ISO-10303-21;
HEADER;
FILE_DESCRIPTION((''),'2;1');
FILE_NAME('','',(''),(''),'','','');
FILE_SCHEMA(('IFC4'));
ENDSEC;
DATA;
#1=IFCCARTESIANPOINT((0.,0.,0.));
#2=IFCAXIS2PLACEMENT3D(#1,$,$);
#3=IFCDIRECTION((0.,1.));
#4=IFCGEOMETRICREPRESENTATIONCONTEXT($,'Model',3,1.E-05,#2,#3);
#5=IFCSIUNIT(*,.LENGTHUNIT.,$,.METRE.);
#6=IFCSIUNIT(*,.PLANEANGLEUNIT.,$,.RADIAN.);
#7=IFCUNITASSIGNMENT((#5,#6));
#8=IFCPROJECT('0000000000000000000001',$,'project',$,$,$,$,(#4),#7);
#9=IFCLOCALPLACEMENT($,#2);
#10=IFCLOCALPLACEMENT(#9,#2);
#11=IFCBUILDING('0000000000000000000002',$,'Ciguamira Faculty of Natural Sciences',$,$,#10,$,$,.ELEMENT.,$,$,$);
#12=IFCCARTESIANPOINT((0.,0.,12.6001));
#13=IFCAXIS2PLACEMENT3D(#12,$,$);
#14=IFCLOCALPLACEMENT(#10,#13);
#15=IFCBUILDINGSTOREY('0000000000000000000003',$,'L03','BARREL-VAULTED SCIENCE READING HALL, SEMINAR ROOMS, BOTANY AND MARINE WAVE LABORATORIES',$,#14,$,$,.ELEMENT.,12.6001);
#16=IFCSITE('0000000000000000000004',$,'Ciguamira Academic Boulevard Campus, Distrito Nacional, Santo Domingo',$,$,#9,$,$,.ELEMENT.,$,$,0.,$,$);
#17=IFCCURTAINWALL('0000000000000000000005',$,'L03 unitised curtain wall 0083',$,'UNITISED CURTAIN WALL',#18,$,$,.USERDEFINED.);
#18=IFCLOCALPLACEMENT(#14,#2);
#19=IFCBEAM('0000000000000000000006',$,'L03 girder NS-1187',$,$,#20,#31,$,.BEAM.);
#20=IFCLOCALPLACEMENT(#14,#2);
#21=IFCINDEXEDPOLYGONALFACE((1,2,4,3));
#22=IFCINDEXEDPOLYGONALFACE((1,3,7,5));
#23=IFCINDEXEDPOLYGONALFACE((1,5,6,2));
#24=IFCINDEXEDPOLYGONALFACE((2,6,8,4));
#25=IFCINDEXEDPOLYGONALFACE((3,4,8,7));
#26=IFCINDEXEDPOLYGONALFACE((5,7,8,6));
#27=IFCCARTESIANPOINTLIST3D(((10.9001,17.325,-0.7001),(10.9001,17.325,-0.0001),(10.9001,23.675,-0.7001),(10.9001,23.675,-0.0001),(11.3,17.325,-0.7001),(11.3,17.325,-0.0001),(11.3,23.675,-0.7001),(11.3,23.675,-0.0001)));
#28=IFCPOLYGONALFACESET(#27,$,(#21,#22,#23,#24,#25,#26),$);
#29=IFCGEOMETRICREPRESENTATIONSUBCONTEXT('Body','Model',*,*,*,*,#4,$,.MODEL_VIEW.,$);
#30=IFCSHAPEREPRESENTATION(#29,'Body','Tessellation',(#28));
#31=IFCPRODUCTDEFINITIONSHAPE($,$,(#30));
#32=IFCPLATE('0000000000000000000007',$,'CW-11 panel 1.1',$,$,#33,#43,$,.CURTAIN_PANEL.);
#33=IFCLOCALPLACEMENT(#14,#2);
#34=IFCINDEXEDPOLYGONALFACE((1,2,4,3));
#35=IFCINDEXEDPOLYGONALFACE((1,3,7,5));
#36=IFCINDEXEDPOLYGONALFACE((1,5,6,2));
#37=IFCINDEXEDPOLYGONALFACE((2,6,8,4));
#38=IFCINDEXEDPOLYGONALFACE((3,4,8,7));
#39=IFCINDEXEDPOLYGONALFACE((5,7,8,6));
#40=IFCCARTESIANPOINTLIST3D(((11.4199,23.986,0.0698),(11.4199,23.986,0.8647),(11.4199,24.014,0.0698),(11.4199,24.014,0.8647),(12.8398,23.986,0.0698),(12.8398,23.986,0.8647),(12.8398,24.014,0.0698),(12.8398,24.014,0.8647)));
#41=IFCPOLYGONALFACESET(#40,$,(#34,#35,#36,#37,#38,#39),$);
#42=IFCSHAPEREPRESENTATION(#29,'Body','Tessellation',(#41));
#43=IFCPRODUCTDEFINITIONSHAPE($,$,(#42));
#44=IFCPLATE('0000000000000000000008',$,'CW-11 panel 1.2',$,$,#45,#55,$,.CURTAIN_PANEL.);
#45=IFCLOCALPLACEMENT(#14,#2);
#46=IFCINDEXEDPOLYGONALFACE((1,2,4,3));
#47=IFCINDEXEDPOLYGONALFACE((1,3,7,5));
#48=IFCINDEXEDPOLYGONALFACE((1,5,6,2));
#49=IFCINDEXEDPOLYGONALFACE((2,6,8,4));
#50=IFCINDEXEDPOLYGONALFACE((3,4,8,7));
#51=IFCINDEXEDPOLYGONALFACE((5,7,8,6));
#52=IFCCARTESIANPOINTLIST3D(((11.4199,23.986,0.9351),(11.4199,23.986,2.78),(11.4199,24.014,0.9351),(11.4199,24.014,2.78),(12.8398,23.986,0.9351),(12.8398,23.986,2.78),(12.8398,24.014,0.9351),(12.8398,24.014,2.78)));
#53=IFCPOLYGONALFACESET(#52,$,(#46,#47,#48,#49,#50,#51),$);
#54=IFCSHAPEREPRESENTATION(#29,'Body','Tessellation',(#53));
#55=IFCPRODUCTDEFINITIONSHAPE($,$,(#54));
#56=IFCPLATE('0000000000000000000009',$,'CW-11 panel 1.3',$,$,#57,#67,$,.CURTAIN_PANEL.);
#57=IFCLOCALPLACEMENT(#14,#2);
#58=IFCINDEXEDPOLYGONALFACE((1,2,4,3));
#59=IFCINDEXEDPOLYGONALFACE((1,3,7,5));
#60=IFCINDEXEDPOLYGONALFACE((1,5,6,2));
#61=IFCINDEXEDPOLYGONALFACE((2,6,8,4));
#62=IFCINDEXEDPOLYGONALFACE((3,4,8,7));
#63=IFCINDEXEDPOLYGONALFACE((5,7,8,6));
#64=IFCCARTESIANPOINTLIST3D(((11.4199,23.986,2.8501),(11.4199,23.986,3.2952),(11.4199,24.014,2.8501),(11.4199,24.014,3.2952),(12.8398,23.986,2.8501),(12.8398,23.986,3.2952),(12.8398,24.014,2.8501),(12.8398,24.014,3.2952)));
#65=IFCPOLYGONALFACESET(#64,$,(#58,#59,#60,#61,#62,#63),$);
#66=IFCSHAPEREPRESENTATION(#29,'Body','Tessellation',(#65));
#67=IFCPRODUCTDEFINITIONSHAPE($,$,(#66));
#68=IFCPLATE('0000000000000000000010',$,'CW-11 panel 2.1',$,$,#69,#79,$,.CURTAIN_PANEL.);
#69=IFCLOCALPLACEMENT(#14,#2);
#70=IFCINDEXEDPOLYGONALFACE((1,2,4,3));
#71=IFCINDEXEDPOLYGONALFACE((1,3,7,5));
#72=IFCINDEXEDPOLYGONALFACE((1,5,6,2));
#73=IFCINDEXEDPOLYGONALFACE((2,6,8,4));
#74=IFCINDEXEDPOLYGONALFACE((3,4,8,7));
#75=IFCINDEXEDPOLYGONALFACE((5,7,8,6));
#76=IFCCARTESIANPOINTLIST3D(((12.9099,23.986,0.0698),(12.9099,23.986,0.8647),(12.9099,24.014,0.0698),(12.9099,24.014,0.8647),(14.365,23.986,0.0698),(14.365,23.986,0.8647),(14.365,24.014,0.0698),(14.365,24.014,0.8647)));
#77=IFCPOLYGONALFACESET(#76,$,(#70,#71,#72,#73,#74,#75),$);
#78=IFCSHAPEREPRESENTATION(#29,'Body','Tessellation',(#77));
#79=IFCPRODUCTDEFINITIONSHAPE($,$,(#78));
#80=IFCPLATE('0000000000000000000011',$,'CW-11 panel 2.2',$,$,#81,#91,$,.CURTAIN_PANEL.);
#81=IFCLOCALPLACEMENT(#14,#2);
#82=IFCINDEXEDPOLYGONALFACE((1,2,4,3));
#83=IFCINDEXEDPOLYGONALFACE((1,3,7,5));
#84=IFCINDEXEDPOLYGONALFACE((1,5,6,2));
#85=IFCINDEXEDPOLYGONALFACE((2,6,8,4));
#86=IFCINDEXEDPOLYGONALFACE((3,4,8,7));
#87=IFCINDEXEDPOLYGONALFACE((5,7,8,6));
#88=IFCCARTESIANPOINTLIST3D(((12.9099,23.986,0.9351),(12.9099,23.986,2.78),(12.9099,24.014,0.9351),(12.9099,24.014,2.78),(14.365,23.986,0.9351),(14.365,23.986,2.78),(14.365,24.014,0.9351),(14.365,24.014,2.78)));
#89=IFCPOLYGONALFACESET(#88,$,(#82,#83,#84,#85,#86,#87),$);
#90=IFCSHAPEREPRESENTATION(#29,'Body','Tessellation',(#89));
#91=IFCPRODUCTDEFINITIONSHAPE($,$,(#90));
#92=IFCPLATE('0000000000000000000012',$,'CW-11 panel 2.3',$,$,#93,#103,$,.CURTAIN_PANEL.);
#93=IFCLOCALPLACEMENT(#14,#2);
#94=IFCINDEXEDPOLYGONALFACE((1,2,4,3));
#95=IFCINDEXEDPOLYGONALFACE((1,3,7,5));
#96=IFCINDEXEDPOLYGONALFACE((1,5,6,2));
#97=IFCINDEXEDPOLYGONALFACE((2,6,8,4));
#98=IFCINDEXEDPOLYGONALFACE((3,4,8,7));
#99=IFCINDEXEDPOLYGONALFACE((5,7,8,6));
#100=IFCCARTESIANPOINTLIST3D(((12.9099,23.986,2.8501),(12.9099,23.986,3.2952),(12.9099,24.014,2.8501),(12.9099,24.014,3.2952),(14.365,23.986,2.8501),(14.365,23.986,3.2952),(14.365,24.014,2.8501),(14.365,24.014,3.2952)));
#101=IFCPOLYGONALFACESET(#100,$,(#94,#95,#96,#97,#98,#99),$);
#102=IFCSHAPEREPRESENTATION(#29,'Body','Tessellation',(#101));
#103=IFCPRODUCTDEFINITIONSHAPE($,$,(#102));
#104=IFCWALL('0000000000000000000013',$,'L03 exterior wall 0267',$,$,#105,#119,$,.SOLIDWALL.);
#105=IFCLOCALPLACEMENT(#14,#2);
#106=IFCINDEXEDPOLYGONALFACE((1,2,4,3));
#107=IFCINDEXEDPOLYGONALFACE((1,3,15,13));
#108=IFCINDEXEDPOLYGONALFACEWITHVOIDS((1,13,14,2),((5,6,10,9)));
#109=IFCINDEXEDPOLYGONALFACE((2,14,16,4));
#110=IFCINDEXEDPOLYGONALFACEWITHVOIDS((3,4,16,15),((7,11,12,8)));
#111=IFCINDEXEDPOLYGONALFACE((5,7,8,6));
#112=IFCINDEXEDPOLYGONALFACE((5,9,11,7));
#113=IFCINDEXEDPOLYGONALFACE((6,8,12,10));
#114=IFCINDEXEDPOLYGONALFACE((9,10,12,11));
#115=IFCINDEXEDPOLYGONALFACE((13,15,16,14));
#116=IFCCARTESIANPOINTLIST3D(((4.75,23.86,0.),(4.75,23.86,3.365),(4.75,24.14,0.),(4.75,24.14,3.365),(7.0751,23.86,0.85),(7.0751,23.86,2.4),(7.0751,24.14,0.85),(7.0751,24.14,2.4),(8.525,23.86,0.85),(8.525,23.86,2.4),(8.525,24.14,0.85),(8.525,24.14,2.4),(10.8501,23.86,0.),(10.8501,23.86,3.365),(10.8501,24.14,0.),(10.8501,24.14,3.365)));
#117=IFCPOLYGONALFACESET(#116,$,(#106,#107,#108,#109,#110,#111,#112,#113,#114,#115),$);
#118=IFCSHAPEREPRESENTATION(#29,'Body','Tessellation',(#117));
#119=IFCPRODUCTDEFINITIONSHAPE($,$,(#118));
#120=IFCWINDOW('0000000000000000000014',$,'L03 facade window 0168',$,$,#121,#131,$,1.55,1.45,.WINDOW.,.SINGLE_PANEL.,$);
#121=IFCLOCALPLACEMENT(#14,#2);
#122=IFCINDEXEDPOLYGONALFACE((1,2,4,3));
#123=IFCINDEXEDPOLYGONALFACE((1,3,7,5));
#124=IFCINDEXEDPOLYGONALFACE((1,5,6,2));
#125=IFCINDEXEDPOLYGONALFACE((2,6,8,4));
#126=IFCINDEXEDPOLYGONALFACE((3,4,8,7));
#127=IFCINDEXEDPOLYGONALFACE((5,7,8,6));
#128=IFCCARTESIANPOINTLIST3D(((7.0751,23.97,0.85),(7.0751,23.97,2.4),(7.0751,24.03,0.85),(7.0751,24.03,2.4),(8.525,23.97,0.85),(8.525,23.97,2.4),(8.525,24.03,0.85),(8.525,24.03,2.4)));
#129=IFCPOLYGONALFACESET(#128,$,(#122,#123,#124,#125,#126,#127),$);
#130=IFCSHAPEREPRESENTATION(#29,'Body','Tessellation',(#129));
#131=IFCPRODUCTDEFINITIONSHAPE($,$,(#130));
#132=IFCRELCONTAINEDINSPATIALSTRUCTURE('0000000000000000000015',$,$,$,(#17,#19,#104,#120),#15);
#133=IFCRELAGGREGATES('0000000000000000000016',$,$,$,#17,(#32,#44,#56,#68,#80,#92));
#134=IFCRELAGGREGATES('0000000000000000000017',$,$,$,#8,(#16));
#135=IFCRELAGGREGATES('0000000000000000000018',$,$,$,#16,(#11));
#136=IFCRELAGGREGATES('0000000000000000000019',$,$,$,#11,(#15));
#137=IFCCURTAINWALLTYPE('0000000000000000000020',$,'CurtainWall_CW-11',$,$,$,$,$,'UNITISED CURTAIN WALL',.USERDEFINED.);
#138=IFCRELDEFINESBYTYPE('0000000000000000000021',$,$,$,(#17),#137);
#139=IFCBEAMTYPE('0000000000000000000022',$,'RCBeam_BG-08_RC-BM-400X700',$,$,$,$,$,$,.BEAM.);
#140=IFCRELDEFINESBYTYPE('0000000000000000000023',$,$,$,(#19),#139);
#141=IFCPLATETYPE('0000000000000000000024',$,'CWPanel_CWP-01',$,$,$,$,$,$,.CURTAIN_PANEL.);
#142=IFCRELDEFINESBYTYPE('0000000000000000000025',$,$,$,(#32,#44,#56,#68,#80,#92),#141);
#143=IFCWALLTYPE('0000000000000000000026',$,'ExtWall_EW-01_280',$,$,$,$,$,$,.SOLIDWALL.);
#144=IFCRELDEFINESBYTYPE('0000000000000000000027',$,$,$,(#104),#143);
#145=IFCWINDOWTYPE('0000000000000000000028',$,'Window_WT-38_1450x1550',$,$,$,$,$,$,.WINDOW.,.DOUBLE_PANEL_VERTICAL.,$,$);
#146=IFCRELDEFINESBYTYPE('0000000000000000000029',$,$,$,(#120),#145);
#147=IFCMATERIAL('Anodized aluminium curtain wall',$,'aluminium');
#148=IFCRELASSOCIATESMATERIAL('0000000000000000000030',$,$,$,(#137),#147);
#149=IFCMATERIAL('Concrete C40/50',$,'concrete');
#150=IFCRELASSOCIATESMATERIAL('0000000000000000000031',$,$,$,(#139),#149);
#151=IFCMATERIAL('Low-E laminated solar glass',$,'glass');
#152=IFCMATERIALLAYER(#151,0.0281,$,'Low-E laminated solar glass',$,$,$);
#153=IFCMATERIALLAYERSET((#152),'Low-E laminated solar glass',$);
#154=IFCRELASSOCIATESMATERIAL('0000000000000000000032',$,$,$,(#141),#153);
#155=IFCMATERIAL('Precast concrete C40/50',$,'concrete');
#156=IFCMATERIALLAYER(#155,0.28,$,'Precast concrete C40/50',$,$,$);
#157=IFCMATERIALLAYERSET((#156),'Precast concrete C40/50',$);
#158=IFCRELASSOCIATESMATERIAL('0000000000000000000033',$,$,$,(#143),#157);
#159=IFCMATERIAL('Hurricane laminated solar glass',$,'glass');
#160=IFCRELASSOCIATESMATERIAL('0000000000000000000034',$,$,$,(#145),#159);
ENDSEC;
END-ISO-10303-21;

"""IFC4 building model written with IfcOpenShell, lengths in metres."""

from ifc_helpers import new_model, si_unit, direction, frame, frame_2d, origin, origin_2d, place, context, subcontext, project, spatial, rectangle, extrude, material, layer, layer_set, material_profile, profile_set, type_object, element, fill, aggregate, save


model = new_model("IFC4")

# Units and contexts
model_context = context("Model", 3, precision=1e-05, world=origin(), true_north=direction((0.0, 1.0)))
body_context = subcontext(model_context, "Body", "Model", "MODEL_VIEW")
ifc_project = project(units=[si_unit("LENGTHUNIT", "METRE"), si_unit("PLANEANGLEUNIT", "RADIAN")], contexts=[model_context])

# Site, building, storey
site_placement = place(None, origin())
site = spatial("IfcSite", under=ifc_project, at=site_placement, Name="Ciguamira Academic Boulevard Campus, Distrito Nacional, Santo Domingo", CompositionType="ELEMENT", RefElevation=0.0)
building_placement = place(site_placement, origin())
building = spatial("IfcBuilding", under=site, at=building_placement, Name="Ciguamira Faculty of Natural Sciences", CompositionType="ELEMENT")
storey_placement = place(building_placement, frame((0.0, 0.0, 12.6001)))
storey = spatial("IfcBuildingStorey", under=building, at=storey_placement, Name="L03", Description="BARREL-VAULTED SCIENCE READING HALL, SEMINAR ROOMS, BOTANY AND MARINE WAVE LABORATORIES", CompositionType="ELEMENT", Elevation=12.6001)

# Shared definitions
ifc_material_1 = material(Name="Concrete C40/50", Category="concrete")

# Curtain wall
ifc_material_2 = material(Name="Anodized aluminium curtain wall", Category="aluminium")
curtain_wall_type = type_object("IfcCurtainWallType", Name="CurtainWall_CW-11", ElementType="UNITISED CURTAIN WALL", PredefinedType="USERDEFINED", material=ifc_material_2)
curtain_wall_placement = place(storey_placement, origin())
curtain_wall = element("IfcCurtainWall", 1, at=curtain_wall_placement, inside=storey, type_object=curtain_wall_type, Name="L03 unitised curtain wall 0083", ObjectType="UNITISED CURTAIN WALL", PredefinedType="USERDEFINED")

# Beam
ifc_material_profile_1 = material_profile(ifc_material_1, rectangle(XDim=0.3999, YDim=0.7, at=origin_2d()), Name="RC-BM-400X700")
ifc_profile_set_1 = profile_set([ifc_material_profile_1], Name="Concrete C40/50")
beam_type_1 = type_object("IfcBeamType", Name="RCBeam_BG-08_RC-BM-400X700", PredefinedType="BEAM", material=ifc_profile_set_1)
beam_1_placement = place(storey_placement, frame((11.1001, 17.325, -0.3501), z_axis=(0.0, 1.0, 0.0), x_axis=(-1.0, 0.0, 0.0)))
element("IfcBeam", 2, at=beam_1_placement, inside=storey, type_object=beam_type_1, Name="L03 girder NS-1187", PredefinedType="BEAM", context=body_context, shape_type="SweptSolid", body=[
    extrude(rectangle(XDim=0.3999, YDim=0.7, at=origin_2d()), origin(), (0.0, 0.0, 1.0), 6.3501),
])

# Plates
ifc_material_3 = material(Name="Low-E laminated solar glass", Category="glass")
ifc_layer_1 = layer(ifc_material_3, 0.0281, Name="Low-E laminated solar glass")
ifc_layer_set_1 = layer_set([ifc_layer_1], Name="Low-E laminated solar glass")
plate_type = type_object("IfcPlateType", Name="CWPanel_CWP-01", PredefinedType="CURTAIN_PANEL", material=ifc_layer_set_1)
plate_1_placement = place(storey_placement, frame((12.1299, 24.0, 0.0698), z_axis=(0.0, 0.0, 1.0), x_axis=(1.0, 0.0, 0.0)))
plate_1 = element("IfcPlate", 3, at=plate_1_placement, type_object=plate_type, Name="CW-11 panel 1.1", PredefinedType="CURTAIN_PANEL", context=body_context, shape_type="SweptSolid", body=[
    extrude(rectangle(XDim=1.4199, YDim=0.0281, at=origin_2d()), origin(), (0.0, 0.0, 1.0), 0.7949),
])
plate_2_placement = place(storey_placement, frame((12.1299, 24.0, 0.9351), z_axis=(0.0, 0.0, 1.0), x_axis=(1.0, 0.0, 0.0)))
plate_2 = element("IfcPlate", 4, at=plate_2_placement, type_object=plate_type, Name="CW-11 panel 1.2", PredefinedType="CURTAIN_PANEL", context=body_context, shape_type="SweptSolid", body=[
    extrude(rectangle(XDim=1.4199, YDim=0.0281, at=origin_2d()), origin(), (0.0, 0.0, 1.0), 1.845),
])
plate_3_placement = place(storey_placement, frame((12.1299, 24.0, 2.8501), z_axis=(0.0, 0.0, 1.0), x_axis=(1.0, 0.0, 0.0)))
plate_3 = element("IfcPlate", 5, at=plate_3_placement, type_object=plate_type, Name="CW-11 panel 1.3", PredefinedType="CURTAIN_PANEL", context=body_context, shape_type="SweptSolid", body=[
    extrude(rectangle(XDim=1.4199, YDim=0.0281, at=origin_2d()), origin(), (0.0, 0.0, 1.0), 0.4451),
])
plate_4_placement = place(storey_placement, frame((13.6375, 24.0, 0.0698), z_axis=(0.0, 0.0, 1.0), x_axis=(1.0, 0.0, 0.0)))
plate_4 = element("IfcPlate", 6, at=plate_4_placement, type_object=plate_type, Name="CW-11 panel 2.1", PredefinedType="CURTAIN_PANEL", context=body_context, shape_type="SweptSolid", body=[
    extrude(rectangle(XDim=1.4551, YDim=0.0281, at=origin_2d()), origin(), (0.0, 0.0, 1.0), 0.7949),
])
plate_5_placement = place(storey_placement, frame((13.6375, 24.0, 0.9351), z_axis=(0.0, 0.0, 1.0), x_axis=(1.0, 0.0, 0.0)))
plate_5 = element("IfcPlate", 7, at=plate_5_placement, type_object=plate_type, Name="CW-11 panel 2.2", PredefinedType="CURTAIN_PANEL", context=body_context, shape_type="SweptSolid", body=[
    extrude(rectangle(XDim=1.4551, YDim=0.0281, at=origin_2d()), origin(), (0.0, 0.0, 1.0), 1.845),
])
plate_6_placement = place(storey_placement, frame((13.6375, 24.0, 2.8501), z_axis=(0.0, 0.0, 1.0), x_axis=(1.0, 0.0, 0.0)))
plate_6 = element("IfcPlate", 8, at=plate_6_placement, type_object=plate_type, Name="CW-11 panel 2.3", PredefinedType="CURTAIN_PANEL", context=body_context, shape_type="SweptSolid", body=[
    extrude(rectangle(XDim=1.4551, YDim=0.0281, at=origin_2d()), origin(), (0.0, 0.0, 1.0), 0.4451),
])
aggregate(curtain_wall, [plate_1, plate_2, plate_3, plate_4, plate_5, plate_6])

# Wall, opening, window
ifc_material_4 = material(Name="Precast concrete C40/50", Category="concrete")
ifc_layer_2 = layer(ifc_material_4, 0.28, Name="Precast concrete C40/50")
ifc_layer_set_2 = layer_set([ifc_layer_2], Name="Precast concrete C40/50")
wall_type = type_object("IfcWallType", Name="ExtWall_EW-01_280", PredefinedType="SOLIDWALL", material=ifc_layer_set_2)
wall_placement = place(storey_placement, frame((4.75, 24.0, 0.0), z_axis=(0.0, 0.0, 1.0), x_axis=(1.0, 0.0, 0.0)))
wall = element("IfcWall", 9, at=wall_placement, inside=storey, type_object=wall_type, Name="L03 exterior wall 0267", PredefinedType="SOLIDWALL", context=body_context, shape_type="SweptSolid", body=[
    extrude(rectangle(XDim=6.1001, YDim=0.28, at=frame_2d((3.05, 0.0))), origin(), (0.0, 0.0, 1.0), 3.365),
])
opening_placement = place(wall_placement, frame((2.325, 0.0, 0.8501)))
opening = element("IfcOpeningElement", 10, at=opening_placement, cuts=wall, PredefinedType="OPENING", context=body_context, shape_type="SweptSolid", body=[
    extrude(rectangle(XDim=1.45, YDim=1.55, at=frame_2d((0.7251, 0.7749))), frame((0.0, 0.1499, 0.0), z_axis=(0.0, -1.0, 0.0), x_axis=(1.0, 0.0, 0.0)), (0.0, 0.0, 1.0), 0.3),
])
ifc_material_5 = material(Name="Hurricane laminated solar glass", Category="glass")
window_type = type_object("IfcWindowType", Name="Window_WT-38_1450x1550", PartitioningType="DOUBLE_PANEL_VERTICAL", PredefinedType="WINDOW", material=ifc_material_5)
window_placement = place(opening_placement, origin())
window = element("IfcWindow", 11, at=window_placement, inside=storey, type_object=window_type, Name="L03 facade window 0168", OverallHeight=1.55, OverallWidth=1.45, PartitioningType="SINGLE_PANEL", PredefinedType="WINDOW", context=body_context, shape_type="SweptSolid", body=[
    extrude(rectangle(XDim=1.45, YDim=1.55, at=frame_2d((0.7251, 0.7749))), frame((0.0, 0.03, 0.0), z_axis=(0.0, -1.0, 0.0), x_axis=(1.0, 0.0, 0.0)), (0.0, 0.0, 1.0), 0.0601),
])
fill(opening, window)

save(model, "model.ifc")
